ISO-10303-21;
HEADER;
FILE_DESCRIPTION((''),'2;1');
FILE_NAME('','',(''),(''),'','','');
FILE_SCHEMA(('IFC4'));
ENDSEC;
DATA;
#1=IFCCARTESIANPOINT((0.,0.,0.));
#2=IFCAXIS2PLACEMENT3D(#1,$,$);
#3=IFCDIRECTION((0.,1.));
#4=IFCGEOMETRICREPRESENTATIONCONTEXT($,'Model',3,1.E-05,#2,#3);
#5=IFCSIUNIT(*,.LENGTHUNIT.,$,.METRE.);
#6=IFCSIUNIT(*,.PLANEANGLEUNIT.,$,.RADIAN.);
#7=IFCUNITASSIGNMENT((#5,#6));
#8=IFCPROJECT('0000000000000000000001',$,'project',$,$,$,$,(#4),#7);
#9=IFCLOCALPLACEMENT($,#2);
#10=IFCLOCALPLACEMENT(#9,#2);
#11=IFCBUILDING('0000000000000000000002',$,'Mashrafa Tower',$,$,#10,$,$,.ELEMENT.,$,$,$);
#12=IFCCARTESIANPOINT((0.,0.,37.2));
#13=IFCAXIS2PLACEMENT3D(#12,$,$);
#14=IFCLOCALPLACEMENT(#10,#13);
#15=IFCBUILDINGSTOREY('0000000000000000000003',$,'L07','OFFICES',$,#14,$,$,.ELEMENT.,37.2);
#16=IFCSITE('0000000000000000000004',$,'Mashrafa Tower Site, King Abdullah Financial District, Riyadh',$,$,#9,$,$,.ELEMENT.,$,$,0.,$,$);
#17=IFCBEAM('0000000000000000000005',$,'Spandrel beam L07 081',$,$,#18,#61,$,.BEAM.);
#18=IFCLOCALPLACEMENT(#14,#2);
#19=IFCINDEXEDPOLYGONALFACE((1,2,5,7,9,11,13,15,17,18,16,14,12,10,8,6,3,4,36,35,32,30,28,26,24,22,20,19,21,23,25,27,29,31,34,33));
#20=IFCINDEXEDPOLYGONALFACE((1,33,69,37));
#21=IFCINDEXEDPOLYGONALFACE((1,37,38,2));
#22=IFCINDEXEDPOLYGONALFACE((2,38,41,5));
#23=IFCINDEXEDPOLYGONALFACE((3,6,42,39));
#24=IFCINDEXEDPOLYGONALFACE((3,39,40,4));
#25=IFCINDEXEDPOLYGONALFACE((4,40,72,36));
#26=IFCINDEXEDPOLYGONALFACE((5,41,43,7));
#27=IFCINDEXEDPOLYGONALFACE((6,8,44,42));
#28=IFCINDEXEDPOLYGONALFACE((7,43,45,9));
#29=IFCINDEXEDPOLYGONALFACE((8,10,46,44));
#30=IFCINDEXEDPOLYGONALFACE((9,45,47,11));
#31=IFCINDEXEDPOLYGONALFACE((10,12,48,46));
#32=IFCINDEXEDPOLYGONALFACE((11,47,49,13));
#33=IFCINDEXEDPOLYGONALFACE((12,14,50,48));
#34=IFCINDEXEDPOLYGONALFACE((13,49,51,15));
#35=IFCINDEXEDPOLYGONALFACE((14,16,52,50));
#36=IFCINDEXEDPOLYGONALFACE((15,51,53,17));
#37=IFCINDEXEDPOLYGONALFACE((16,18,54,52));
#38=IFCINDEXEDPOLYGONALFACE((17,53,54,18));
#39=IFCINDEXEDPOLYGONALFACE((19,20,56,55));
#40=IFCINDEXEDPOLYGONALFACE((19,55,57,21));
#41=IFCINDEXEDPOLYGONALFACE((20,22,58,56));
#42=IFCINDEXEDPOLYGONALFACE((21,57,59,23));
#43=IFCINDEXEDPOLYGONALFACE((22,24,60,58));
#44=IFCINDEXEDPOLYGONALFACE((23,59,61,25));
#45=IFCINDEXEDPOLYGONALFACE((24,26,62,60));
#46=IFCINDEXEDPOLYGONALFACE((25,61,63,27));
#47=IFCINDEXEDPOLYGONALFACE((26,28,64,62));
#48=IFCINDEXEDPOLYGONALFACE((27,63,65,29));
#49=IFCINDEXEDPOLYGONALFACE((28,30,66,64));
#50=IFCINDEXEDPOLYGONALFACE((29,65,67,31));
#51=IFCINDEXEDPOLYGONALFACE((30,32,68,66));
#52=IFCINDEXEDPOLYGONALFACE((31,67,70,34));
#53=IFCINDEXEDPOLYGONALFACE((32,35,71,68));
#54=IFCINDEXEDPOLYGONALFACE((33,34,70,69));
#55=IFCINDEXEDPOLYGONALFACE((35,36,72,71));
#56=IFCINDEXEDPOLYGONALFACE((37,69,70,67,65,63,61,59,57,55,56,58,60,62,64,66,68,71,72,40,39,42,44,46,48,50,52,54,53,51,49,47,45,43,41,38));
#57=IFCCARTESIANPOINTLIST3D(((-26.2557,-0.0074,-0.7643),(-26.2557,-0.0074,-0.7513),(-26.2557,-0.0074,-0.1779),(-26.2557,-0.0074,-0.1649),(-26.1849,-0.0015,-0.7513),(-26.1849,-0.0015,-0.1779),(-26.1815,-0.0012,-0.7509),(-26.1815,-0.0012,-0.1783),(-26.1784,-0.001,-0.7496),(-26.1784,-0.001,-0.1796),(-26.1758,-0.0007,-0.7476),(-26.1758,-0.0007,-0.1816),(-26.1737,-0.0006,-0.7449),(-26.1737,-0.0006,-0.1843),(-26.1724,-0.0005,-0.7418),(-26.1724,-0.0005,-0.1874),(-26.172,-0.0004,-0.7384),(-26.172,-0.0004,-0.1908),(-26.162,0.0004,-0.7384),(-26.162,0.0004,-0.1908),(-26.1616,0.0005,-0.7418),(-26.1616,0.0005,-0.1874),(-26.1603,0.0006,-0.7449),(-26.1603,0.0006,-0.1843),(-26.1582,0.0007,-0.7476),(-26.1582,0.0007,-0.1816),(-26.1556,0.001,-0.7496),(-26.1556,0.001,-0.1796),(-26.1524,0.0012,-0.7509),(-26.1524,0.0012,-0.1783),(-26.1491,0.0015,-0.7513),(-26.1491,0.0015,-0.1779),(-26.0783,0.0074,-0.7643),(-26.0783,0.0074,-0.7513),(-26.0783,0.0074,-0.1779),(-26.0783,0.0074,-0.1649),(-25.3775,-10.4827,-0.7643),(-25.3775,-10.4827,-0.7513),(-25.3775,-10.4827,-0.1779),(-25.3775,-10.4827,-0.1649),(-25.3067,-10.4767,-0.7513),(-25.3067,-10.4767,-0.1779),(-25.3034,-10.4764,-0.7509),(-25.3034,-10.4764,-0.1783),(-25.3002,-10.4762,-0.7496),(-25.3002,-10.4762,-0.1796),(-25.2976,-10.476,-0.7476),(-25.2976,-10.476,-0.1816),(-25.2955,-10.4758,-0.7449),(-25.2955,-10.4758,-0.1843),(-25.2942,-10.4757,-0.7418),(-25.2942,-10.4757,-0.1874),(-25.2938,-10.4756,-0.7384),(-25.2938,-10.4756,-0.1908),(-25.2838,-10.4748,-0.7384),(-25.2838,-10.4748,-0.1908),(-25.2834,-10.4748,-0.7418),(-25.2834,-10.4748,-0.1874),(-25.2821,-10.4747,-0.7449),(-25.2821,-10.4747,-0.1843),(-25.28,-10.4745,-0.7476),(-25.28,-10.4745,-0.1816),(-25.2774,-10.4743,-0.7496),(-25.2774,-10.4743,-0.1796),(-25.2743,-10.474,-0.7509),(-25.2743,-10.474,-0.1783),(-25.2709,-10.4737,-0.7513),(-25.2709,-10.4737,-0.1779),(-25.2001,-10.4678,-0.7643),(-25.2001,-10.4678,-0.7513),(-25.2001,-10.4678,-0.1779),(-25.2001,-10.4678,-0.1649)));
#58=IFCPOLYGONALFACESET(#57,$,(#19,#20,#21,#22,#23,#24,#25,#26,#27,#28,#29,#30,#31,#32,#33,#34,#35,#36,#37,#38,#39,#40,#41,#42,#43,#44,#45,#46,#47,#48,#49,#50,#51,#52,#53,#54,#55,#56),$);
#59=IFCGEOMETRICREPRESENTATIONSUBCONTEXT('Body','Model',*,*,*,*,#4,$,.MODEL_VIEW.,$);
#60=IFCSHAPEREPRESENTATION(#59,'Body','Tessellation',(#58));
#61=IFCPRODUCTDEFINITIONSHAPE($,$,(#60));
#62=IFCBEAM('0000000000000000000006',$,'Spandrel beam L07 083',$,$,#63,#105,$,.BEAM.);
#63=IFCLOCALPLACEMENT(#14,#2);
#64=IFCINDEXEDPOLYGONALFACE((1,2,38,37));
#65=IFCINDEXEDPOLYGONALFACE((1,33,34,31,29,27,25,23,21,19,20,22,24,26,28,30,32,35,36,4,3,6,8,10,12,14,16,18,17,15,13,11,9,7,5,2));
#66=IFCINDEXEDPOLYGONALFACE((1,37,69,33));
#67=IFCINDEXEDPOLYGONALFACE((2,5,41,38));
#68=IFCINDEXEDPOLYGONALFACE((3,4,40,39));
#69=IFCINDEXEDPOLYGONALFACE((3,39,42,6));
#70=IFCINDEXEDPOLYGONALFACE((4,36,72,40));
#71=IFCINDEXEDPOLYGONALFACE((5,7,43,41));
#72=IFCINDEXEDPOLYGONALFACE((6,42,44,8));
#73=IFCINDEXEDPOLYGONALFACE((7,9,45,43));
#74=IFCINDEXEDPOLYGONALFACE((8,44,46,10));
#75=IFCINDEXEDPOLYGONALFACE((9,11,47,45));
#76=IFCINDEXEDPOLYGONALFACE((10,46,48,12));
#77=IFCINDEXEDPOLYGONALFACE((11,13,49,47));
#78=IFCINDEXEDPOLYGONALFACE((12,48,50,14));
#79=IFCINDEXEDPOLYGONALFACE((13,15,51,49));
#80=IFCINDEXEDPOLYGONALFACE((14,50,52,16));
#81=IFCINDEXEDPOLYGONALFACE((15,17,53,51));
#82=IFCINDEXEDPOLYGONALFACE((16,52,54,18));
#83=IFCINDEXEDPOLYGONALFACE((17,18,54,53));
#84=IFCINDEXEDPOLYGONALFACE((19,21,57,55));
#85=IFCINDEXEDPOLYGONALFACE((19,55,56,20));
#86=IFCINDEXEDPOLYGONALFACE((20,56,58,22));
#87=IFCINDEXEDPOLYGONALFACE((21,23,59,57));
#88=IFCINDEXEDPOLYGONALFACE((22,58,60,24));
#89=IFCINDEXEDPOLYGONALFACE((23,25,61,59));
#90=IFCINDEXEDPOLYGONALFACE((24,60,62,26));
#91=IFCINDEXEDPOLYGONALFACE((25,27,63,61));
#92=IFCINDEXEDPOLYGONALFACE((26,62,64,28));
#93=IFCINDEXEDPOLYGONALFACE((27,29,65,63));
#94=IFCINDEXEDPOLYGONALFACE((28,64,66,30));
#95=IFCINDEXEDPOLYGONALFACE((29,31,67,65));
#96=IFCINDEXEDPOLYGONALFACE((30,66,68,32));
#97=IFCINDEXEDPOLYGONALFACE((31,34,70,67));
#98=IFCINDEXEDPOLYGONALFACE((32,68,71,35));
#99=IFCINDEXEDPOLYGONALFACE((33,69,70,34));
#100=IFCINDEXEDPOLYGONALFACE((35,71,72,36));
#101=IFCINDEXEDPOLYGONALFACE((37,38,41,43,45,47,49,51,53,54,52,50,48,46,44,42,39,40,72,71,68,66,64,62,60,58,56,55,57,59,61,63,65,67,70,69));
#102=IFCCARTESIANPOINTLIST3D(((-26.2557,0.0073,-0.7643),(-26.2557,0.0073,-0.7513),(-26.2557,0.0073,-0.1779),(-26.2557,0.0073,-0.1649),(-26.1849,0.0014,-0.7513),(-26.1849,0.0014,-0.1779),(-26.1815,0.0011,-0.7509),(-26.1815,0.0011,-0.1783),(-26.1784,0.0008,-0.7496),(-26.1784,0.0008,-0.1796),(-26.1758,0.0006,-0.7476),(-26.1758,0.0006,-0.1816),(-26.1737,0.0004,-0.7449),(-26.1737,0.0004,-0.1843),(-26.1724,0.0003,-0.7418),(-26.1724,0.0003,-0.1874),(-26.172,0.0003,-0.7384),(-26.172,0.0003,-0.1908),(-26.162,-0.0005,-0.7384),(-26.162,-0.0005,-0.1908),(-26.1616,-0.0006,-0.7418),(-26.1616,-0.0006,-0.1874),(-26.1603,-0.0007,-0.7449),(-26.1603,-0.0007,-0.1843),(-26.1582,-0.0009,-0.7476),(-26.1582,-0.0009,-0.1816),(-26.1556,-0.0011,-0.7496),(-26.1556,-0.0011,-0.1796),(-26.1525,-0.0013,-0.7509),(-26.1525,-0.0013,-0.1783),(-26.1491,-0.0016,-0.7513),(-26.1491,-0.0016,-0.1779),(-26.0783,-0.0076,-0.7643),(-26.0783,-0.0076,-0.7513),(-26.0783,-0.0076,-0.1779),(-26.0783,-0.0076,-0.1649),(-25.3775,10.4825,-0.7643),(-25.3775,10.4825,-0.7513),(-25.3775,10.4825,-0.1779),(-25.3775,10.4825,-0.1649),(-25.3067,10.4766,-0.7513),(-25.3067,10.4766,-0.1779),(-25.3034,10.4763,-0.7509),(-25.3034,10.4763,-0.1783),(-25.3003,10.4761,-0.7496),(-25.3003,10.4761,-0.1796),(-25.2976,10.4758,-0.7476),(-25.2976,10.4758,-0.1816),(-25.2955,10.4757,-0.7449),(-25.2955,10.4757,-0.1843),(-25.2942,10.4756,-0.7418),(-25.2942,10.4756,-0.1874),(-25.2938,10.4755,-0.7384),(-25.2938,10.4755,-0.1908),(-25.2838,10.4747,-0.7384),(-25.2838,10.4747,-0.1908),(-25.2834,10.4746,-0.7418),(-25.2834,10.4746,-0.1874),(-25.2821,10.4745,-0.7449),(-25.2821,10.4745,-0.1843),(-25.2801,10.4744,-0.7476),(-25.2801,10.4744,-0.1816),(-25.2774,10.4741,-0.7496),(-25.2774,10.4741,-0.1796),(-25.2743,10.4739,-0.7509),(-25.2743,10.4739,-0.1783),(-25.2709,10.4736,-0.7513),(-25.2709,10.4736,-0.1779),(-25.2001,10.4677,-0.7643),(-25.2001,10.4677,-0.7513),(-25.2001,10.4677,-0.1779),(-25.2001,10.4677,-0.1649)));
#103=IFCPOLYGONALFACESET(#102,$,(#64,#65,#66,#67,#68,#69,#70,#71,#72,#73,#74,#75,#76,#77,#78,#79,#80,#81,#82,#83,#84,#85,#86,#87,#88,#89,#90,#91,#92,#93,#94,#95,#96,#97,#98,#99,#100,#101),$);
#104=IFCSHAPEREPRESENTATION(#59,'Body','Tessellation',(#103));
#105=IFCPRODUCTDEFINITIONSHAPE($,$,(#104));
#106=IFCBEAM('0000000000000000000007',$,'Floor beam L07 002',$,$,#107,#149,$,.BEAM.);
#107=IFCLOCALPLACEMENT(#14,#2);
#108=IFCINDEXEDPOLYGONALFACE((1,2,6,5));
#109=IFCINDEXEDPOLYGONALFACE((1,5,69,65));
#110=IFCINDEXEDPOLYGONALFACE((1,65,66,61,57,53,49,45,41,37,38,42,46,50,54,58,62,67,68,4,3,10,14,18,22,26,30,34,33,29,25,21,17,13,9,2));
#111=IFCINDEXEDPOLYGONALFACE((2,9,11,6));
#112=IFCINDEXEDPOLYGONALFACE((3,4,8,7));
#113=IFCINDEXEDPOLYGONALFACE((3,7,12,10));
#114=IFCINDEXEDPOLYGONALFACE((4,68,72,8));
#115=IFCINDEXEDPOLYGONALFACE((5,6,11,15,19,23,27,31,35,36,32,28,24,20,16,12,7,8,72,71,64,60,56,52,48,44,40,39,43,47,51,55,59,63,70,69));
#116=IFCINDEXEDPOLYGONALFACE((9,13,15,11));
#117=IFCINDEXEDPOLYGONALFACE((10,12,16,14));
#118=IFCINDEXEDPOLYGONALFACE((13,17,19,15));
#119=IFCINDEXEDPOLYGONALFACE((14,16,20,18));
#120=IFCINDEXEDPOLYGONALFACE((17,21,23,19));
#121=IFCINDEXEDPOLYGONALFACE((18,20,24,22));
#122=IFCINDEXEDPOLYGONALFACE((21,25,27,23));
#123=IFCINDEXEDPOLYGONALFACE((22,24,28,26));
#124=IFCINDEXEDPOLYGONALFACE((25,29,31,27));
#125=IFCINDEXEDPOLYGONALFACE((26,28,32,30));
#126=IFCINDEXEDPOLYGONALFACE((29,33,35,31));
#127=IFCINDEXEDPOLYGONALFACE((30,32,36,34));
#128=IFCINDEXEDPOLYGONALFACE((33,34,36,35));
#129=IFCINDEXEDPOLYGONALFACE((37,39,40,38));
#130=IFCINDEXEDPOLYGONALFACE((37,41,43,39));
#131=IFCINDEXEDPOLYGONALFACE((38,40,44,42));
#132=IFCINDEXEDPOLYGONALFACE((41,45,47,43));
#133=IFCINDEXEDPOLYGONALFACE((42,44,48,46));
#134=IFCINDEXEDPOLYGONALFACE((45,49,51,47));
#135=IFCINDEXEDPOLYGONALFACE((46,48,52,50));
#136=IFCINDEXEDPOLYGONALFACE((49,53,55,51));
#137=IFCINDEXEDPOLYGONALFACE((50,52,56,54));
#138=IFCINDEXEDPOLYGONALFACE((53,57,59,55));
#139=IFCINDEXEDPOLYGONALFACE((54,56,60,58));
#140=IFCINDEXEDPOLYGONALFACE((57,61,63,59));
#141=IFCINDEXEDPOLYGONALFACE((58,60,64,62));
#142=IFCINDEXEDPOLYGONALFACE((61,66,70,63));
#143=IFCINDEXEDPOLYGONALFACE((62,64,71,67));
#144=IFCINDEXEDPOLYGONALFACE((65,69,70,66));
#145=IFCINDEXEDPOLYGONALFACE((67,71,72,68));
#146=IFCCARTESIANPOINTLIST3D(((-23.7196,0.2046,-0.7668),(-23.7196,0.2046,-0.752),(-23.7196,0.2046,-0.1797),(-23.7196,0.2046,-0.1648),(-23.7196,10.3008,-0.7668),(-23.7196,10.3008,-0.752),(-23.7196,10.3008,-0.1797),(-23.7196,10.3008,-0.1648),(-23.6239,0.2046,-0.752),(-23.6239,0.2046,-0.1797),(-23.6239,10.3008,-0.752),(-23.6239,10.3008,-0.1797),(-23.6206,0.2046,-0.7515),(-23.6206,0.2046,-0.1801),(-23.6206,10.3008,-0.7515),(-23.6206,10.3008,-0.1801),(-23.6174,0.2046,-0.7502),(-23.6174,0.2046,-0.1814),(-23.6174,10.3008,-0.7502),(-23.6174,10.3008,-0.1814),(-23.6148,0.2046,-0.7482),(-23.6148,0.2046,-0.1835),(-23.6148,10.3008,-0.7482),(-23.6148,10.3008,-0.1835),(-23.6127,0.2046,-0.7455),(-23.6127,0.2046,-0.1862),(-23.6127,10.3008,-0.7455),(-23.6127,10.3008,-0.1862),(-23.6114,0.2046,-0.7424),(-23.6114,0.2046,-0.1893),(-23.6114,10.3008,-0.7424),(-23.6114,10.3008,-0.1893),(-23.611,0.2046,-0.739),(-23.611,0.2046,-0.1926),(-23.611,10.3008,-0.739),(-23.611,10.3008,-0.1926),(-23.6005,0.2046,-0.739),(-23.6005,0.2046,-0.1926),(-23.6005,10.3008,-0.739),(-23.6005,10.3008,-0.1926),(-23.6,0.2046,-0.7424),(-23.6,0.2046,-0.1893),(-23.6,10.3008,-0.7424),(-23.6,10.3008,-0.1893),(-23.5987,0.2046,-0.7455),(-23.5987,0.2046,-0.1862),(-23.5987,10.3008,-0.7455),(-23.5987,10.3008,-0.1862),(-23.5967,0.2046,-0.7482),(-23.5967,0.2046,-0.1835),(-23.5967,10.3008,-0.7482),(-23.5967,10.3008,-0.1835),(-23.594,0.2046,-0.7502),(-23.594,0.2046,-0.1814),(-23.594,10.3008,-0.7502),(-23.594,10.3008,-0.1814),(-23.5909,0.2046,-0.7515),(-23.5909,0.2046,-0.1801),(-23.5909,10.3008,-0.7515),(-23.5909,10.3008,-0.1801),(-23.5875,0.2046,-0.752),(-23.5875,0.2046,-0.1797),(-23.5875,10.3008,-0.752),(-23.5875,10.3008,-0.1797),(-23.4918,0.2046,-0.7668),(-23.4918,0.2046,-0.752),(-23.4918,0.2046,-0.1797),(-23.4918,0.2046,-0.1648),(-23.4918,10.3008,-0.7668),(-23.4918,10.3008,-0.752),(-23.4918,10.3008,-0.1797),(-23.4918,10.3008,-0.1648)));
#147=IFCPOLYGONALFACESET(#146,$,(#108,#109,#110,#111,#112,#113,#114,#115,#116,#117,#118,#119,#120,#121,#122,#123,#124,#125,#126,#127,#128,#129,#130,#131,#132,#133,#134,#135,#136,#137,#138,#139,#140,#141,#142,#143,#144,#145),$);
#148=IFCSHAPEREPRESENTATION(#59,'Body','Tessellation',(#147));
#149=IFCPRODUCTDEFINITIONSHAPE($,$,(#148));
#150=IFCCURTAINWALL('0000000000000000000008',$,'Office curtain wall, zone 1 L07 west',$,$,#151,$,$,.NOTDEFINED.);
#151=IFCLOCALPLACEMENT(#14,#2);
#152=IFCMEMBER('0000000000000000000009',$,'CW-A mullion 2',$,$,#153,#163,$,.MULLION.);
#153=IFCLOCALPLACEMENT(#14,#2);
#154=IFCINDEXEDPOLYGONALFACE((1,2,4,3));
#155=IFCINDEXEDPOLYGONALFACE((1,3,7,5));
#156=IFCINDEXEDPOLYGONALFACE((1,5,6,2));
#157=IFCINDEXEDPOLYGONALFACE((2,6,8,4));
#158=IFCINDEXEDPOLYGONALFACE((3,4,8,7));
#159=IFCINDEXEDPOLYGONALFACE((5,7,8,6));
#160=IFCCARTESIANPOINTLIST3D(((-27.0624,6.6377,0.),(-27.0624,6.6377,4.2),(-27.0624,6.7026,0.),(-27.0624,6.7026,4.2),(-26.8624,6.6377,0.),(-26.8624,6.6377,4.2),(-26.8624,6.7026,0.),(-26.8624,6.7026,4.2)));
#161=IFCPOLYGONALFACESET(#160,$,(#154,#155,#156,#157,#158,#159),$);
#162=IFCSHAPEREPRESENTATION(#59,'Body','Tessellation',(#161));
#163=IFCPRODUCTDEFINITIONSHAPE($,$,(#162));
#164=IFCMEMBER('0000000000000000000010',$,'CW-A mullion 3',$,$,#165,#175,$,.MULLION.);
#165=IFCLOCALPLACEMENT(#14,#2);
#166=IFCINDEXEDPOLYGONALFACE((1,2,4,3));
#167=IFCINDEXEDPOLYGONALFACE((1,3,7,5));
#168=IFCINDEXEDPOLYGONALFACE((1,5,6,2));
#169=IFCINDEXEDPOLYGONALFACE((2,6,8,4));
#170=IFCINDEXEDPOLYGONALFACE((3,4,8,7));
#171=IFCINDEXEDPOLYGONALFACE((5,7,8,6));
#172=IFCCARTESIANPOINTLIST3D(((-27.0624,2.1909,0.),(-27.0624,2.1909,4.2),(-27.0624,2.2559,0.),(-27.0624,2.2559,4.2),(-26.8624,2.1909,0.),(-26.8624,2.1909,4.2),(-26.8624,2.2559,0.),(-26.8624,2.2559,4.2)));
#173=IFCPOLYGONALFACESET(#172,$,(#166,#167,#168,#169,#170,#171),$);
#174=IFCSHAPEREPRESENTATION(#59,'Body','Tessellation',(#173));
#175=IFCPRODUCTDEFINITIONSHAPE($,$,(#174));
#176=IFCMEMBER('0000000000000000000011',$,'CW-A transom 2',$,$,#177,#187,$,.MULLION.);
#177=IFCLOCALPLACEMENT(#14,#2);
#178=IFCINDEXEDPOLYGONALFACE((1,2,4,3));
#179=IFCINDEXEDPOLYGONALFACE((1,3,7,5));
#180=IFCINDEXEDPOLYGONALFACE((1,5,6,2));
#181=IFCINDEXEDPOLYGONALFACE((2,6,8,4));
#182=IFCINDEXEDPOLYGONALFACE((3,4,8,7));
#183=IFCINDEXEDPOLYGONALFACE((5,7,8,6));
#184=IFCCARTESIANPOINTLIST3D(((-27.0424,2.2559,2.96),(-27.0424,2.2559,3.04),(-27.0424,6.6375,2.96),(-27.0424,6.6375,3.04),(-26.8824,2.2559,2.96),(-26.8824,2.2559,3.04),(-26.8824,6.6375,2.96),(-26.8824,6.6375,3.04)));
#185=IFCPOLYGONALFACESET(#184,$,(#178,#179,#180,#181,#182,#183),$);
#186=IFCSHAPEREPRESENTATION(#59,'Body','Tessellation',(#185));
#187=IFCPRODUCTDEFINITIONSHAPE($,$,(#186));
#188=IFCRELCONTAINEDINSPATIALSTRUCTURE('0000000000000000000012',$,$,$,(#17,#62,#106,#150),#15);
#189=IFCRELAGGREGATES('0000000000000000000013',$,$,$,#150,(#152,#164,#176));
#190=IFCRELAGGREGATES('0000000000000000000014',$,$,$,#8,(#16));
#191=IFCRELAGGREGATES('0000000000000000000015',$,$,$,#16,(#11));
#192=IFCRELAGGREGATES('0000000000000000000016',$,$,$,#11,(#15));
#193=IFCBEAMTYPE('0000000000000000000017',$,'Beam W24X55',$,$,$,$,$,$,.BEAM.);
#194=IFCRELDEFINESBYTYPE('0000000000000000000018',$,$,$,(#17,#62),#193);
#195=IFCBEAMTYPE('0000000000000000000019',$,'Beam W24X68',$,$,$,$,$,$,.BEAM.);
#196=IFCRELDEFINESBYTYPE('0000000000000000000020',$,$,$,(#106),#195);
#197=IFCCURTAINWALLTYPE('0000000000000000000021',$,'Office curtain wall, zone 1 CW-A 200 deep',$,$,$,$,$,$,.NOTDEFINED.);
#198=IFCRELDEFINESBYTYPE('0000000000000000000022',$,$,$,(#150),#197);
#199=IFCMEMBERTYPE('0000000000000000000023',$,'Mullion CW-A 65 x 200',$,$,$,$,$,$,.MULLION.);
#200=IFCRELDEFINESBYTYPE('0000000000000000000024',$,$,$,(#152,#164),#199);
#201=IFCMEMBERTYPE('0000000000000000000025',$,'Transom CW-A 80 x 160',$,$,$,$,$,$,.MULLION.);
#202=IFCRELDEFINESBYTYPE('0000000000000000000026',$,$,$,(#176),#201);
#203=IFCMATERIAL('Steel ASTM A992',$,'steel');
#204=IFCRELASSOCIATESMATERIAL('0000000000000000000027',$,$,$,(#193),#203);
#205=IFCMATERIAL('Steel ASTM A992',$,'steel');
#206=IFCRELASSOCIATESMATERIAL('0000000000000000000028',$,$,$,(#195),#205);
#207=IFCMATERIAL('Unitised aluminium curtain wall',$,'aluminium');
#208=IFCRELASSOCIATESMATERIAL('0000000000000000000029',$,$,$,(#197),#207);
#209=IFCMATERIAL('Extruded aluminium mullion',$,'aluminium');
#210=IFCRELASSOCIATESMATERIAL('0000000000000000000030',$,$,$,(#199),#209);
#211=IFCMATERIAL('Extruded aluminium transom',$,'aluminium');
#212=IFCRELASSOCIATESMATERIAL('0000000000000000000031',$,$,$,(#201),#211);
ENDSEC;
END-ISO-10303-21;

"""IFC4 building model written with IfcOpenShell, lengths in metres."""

from ifc_helpers import new_model, si_unit, direction, frame, origin, origin_2d, place, context, subcontext, project, spatial, rectangle, i_section, extrude, source, transform, mapped, material, material_profile, profile_set, type_object, type_shapes, element, aggregate, save


model = new_model("IFC4")

# Units and contexts
model_context = context("Model", 3, precision=1e-05, world=origin(), true_north=direction((0.0, 1.0)))
body_context = subcontext(model_context, "Body", "Model", "MODEL_VIEW")
ifc_project = project(units=[si_unit("LENGTHUNIT", "METRE"), si_unit("PLANEANGLEUNIT", "RADIAN")], contexts=[model_context])

# Site, building, storey
site_placement = place(None, origin())
site = spatial("IfcSite", under=ifc_project, at=site_placement, Name="Mashrafa Tower Site, King Abdullah Financial District, Riyadh", CompositionType="ELEMENT", RefElevation=0.0)
building_placement = place(site_placement, origin())
building = spatial("IfcBuilding", under=site, at=building_placement, Name="Mashrafa Tower", CompositionType="ELEMENT")
storey_placement = place(building_placement, frame((0.0, 0.0, 37.2)))
storey = spatial("IfcBuildingStorey", under=building, at=storey_placement, Name="L07", Description="OFFICES", CompositionType="ELEMENT", Elevation=37.2)

# Beams
ifc_material_1 = material(Name="Steel ASTM A992", Category="steel")
ifc_material_profile_1 = material_profile(ifc_material_1, i_section(OverallWidth=0.178, OverallDepth=0.5994, WebThickness=0.01, FlangeThickness=0.0129, FilletRadius=0.0129, at=origin_2d()), Name="W24X55")
ifc_profile_set_1 = profile_set([ifc_material_profile_1], Name="Steel ASTM A992")
beam_type_1 = type_object("IfcBeamType", Name="Beam W24X55", PredefinedType="BEAM", material=ifc_profile_set_1)
for number, where, z_axis, x_axis, name in (
    (1, (-26.167, 0.0, -0.4646), (0.083541, -0.996504, 0.0), (0.996504, 0.083541, 0.0), "Spandrel beam L07 081"),
    (2, (-25.2888, 10.4751, -0.4646), (-0.083541, -0.996504, 0.0), (0.996504, -0.083541, 0.0), "Spandrel beam L07 083"),
):
    element("IfcBeam", number, at=place(storey_placement, frame(where, z_axis=z_axis, x_axis=x_axis)), inside=storey, type_object=beam_type_1, Name=name, PredefinedType="BEAM", context=body_context, shape_type="SweptSolid", body=[
        extrude(i_section(OverallWidth=0.178, OverallDepth=0.5994, WebThickness=0.01, FlangeThickness=0.0129, FilletRadius=0.0129, at=origin_2d()), origin(), (0.0, 0.0, 1.0), 10.512),
    ])
ifc_material_2 = material(Name="Steel ASTM A992", Category="steel")
ifc_material_profile_2 = material_profile(ifc_material_2, i_section(OverallWidth=0.2278, OverallDepth=0.6021, WebThickness=0.0105, FlangeThickness=0.0149, FilletRadius=0.0129, at=origin_2d()), Name="W24X68")
ifc_profile_set_2 = profile_set([ifc_material_profile_2], Name="Steel ASTM A992")
beam_type_2 = type_object("IfcBeamType", Name="Beam W24X68", PredefinedType="BEAM", material=ifc_profile_set_2)
beam_1_placement = place(storey_placement, frame((-23.6057, 0.2046, -0.4658), z_axis=(0.0, 1.0, 0.0), x_axis=(-1.0, 0.0, 0.0)))
element("IfcBeam", 3, at=beam_1_placement, inside=storey, type_object=beam_type_2, Name="Floor beam L07 002", PredefinedType="BEAM", context=body_context, shape_type="SweptSolid", body=[
    extrude(i_section(OverallWidth=0.2278, OverallDepth=0.6021, WebThickness=0.0105, FlangeThickness=0.0149, FilletRadius=0.0129, at=origin_2d()), origin(), (0.0, 0.0, 1.0), 10.0962),
])

# Curtain wall, members
ifc_material_3 = material(Name="Unitised aluminium curtain wall", Category="aluminium")
curtain_wall_type = type_object("IfcCurtainWallType", Name="Office curtain wall, zone 1 CW-A 200 deep", PredefinedType="NOTDEFINED", material=ifc_material_3)
curtain_wall_placement = place(storey_placement, origin())
curtain_wall = element("IfcCurtainWall", 4, at=curtain_wall_placement, inside=storey, type_object=curtain_wall_type, Name="Office curtain wall, zone 1 L07 west", PredefinedType="NOTDEFINED")
ifc_material_4 = material(Name="Extruded aluminium mullion", Category="aluminium")
ifc_material_profile_3 = material_profile(ifc_material_4, rectangle(XDim=0.2, YDim=0.0649, at=origin_2d()), Name="Mullion 65x200")
ifc_profile_set_3 = profile_set([ifc_material_profile_3], Name="Extruded aluminium mullion")
member_type_1 = type_object("IfcMemberType", Name="Mullion CW-A 65 x 200", PredefinedType="MULLION", material=ifc_profile_set_3)
shared_shape_1 = source(origin(), body_context, "Body", "SweptSolid", [
    extrude(rectangle(XDim=0.2, YDim=0.0649, at=origin_2d()), origin(), (0.0, 0.0, 1.0), 4.2),
])
type_shapes(member_type_1, [shared_shape_1])
member_1_placement = place(storey_placement, frame((-26.9624, 6.6702, 0.0), z_axis=(0.0, 0.0, 1.0), x_axis=(1.0, 0.0, 0.0)))
member_1 = element("IfcMember", 5, at=member_1_placement, type_object=member_type_1, Name="CW-A mullion 2", PredefinedType="MULLION", context=body_context, shape_type="MappedRepresentation", body=[
    mapped(shared_shape_1, transform((0.0, 0.0, 0.0))),
])
member_2_placement = place(storey_placement, frame((-26.9624, 2.2234, 0.0), z_axis=(0.0, 0.0, 1.0), x_axis=(1.0, 0.0, 0.0)))
member_2 = element("IfcMember", 6, at=member_2_placement, type_object=member_type_1, Name="CW-A mullion 3", PredefinedType="MULLION", context=body_context, shape_type="MappedRepresentation", body=[
    mapped(shared_shape_1, transform((0.0, 0.0, 0.0))),
])
ifc_material_5 = material(Name="Extruded aluminium transom", Category="aluminium")
ifc_material_profile_4 = material_profile(ifc_material_5, rectangle(XDim=0.1599, YDim=0.0801, at=origin_2d()), Name="Transom 80x160")
ifc_profile_set_4 = profile_set([ifc_material_profile_4], Name="Extruded aluminium transom")
member_type_2 = type_object("IfcMemberType", Name="Transom CW-A 80 x 160", PredefinedType="MULLION", material=ifc_profile_set_4)
shared_shape_2 = source(origin(), body_context, "Body", "SweptSolid", [
    extrude(rectangle(XDim=0.1599, YDim=0.0801, at=origin_2d()), origin(), (0.0, 0.0, 1.0), 4.3816),
])
member_3_placement = place(storey_placement, frame((-26.9624, 6.6375, 3.0), z_axis=(0.0, -1.0, 0.0), x_axis=(1.0, 0.0, 0.0)))
member_3 = element("IfcMember", 7, at=member_3_placement, type_object=member_type_2, Name="CW-A transom 2", PredefinedType="MULLION", context=body_context, shape_type="MappedRepresentation", body=[
    mapped(shared_shape_2, transform((0.0, 0.0, 0.0))),
])
aggregate(curtain_wall, [member_1, member_2, member_3])

save(model, "model.ifc")
